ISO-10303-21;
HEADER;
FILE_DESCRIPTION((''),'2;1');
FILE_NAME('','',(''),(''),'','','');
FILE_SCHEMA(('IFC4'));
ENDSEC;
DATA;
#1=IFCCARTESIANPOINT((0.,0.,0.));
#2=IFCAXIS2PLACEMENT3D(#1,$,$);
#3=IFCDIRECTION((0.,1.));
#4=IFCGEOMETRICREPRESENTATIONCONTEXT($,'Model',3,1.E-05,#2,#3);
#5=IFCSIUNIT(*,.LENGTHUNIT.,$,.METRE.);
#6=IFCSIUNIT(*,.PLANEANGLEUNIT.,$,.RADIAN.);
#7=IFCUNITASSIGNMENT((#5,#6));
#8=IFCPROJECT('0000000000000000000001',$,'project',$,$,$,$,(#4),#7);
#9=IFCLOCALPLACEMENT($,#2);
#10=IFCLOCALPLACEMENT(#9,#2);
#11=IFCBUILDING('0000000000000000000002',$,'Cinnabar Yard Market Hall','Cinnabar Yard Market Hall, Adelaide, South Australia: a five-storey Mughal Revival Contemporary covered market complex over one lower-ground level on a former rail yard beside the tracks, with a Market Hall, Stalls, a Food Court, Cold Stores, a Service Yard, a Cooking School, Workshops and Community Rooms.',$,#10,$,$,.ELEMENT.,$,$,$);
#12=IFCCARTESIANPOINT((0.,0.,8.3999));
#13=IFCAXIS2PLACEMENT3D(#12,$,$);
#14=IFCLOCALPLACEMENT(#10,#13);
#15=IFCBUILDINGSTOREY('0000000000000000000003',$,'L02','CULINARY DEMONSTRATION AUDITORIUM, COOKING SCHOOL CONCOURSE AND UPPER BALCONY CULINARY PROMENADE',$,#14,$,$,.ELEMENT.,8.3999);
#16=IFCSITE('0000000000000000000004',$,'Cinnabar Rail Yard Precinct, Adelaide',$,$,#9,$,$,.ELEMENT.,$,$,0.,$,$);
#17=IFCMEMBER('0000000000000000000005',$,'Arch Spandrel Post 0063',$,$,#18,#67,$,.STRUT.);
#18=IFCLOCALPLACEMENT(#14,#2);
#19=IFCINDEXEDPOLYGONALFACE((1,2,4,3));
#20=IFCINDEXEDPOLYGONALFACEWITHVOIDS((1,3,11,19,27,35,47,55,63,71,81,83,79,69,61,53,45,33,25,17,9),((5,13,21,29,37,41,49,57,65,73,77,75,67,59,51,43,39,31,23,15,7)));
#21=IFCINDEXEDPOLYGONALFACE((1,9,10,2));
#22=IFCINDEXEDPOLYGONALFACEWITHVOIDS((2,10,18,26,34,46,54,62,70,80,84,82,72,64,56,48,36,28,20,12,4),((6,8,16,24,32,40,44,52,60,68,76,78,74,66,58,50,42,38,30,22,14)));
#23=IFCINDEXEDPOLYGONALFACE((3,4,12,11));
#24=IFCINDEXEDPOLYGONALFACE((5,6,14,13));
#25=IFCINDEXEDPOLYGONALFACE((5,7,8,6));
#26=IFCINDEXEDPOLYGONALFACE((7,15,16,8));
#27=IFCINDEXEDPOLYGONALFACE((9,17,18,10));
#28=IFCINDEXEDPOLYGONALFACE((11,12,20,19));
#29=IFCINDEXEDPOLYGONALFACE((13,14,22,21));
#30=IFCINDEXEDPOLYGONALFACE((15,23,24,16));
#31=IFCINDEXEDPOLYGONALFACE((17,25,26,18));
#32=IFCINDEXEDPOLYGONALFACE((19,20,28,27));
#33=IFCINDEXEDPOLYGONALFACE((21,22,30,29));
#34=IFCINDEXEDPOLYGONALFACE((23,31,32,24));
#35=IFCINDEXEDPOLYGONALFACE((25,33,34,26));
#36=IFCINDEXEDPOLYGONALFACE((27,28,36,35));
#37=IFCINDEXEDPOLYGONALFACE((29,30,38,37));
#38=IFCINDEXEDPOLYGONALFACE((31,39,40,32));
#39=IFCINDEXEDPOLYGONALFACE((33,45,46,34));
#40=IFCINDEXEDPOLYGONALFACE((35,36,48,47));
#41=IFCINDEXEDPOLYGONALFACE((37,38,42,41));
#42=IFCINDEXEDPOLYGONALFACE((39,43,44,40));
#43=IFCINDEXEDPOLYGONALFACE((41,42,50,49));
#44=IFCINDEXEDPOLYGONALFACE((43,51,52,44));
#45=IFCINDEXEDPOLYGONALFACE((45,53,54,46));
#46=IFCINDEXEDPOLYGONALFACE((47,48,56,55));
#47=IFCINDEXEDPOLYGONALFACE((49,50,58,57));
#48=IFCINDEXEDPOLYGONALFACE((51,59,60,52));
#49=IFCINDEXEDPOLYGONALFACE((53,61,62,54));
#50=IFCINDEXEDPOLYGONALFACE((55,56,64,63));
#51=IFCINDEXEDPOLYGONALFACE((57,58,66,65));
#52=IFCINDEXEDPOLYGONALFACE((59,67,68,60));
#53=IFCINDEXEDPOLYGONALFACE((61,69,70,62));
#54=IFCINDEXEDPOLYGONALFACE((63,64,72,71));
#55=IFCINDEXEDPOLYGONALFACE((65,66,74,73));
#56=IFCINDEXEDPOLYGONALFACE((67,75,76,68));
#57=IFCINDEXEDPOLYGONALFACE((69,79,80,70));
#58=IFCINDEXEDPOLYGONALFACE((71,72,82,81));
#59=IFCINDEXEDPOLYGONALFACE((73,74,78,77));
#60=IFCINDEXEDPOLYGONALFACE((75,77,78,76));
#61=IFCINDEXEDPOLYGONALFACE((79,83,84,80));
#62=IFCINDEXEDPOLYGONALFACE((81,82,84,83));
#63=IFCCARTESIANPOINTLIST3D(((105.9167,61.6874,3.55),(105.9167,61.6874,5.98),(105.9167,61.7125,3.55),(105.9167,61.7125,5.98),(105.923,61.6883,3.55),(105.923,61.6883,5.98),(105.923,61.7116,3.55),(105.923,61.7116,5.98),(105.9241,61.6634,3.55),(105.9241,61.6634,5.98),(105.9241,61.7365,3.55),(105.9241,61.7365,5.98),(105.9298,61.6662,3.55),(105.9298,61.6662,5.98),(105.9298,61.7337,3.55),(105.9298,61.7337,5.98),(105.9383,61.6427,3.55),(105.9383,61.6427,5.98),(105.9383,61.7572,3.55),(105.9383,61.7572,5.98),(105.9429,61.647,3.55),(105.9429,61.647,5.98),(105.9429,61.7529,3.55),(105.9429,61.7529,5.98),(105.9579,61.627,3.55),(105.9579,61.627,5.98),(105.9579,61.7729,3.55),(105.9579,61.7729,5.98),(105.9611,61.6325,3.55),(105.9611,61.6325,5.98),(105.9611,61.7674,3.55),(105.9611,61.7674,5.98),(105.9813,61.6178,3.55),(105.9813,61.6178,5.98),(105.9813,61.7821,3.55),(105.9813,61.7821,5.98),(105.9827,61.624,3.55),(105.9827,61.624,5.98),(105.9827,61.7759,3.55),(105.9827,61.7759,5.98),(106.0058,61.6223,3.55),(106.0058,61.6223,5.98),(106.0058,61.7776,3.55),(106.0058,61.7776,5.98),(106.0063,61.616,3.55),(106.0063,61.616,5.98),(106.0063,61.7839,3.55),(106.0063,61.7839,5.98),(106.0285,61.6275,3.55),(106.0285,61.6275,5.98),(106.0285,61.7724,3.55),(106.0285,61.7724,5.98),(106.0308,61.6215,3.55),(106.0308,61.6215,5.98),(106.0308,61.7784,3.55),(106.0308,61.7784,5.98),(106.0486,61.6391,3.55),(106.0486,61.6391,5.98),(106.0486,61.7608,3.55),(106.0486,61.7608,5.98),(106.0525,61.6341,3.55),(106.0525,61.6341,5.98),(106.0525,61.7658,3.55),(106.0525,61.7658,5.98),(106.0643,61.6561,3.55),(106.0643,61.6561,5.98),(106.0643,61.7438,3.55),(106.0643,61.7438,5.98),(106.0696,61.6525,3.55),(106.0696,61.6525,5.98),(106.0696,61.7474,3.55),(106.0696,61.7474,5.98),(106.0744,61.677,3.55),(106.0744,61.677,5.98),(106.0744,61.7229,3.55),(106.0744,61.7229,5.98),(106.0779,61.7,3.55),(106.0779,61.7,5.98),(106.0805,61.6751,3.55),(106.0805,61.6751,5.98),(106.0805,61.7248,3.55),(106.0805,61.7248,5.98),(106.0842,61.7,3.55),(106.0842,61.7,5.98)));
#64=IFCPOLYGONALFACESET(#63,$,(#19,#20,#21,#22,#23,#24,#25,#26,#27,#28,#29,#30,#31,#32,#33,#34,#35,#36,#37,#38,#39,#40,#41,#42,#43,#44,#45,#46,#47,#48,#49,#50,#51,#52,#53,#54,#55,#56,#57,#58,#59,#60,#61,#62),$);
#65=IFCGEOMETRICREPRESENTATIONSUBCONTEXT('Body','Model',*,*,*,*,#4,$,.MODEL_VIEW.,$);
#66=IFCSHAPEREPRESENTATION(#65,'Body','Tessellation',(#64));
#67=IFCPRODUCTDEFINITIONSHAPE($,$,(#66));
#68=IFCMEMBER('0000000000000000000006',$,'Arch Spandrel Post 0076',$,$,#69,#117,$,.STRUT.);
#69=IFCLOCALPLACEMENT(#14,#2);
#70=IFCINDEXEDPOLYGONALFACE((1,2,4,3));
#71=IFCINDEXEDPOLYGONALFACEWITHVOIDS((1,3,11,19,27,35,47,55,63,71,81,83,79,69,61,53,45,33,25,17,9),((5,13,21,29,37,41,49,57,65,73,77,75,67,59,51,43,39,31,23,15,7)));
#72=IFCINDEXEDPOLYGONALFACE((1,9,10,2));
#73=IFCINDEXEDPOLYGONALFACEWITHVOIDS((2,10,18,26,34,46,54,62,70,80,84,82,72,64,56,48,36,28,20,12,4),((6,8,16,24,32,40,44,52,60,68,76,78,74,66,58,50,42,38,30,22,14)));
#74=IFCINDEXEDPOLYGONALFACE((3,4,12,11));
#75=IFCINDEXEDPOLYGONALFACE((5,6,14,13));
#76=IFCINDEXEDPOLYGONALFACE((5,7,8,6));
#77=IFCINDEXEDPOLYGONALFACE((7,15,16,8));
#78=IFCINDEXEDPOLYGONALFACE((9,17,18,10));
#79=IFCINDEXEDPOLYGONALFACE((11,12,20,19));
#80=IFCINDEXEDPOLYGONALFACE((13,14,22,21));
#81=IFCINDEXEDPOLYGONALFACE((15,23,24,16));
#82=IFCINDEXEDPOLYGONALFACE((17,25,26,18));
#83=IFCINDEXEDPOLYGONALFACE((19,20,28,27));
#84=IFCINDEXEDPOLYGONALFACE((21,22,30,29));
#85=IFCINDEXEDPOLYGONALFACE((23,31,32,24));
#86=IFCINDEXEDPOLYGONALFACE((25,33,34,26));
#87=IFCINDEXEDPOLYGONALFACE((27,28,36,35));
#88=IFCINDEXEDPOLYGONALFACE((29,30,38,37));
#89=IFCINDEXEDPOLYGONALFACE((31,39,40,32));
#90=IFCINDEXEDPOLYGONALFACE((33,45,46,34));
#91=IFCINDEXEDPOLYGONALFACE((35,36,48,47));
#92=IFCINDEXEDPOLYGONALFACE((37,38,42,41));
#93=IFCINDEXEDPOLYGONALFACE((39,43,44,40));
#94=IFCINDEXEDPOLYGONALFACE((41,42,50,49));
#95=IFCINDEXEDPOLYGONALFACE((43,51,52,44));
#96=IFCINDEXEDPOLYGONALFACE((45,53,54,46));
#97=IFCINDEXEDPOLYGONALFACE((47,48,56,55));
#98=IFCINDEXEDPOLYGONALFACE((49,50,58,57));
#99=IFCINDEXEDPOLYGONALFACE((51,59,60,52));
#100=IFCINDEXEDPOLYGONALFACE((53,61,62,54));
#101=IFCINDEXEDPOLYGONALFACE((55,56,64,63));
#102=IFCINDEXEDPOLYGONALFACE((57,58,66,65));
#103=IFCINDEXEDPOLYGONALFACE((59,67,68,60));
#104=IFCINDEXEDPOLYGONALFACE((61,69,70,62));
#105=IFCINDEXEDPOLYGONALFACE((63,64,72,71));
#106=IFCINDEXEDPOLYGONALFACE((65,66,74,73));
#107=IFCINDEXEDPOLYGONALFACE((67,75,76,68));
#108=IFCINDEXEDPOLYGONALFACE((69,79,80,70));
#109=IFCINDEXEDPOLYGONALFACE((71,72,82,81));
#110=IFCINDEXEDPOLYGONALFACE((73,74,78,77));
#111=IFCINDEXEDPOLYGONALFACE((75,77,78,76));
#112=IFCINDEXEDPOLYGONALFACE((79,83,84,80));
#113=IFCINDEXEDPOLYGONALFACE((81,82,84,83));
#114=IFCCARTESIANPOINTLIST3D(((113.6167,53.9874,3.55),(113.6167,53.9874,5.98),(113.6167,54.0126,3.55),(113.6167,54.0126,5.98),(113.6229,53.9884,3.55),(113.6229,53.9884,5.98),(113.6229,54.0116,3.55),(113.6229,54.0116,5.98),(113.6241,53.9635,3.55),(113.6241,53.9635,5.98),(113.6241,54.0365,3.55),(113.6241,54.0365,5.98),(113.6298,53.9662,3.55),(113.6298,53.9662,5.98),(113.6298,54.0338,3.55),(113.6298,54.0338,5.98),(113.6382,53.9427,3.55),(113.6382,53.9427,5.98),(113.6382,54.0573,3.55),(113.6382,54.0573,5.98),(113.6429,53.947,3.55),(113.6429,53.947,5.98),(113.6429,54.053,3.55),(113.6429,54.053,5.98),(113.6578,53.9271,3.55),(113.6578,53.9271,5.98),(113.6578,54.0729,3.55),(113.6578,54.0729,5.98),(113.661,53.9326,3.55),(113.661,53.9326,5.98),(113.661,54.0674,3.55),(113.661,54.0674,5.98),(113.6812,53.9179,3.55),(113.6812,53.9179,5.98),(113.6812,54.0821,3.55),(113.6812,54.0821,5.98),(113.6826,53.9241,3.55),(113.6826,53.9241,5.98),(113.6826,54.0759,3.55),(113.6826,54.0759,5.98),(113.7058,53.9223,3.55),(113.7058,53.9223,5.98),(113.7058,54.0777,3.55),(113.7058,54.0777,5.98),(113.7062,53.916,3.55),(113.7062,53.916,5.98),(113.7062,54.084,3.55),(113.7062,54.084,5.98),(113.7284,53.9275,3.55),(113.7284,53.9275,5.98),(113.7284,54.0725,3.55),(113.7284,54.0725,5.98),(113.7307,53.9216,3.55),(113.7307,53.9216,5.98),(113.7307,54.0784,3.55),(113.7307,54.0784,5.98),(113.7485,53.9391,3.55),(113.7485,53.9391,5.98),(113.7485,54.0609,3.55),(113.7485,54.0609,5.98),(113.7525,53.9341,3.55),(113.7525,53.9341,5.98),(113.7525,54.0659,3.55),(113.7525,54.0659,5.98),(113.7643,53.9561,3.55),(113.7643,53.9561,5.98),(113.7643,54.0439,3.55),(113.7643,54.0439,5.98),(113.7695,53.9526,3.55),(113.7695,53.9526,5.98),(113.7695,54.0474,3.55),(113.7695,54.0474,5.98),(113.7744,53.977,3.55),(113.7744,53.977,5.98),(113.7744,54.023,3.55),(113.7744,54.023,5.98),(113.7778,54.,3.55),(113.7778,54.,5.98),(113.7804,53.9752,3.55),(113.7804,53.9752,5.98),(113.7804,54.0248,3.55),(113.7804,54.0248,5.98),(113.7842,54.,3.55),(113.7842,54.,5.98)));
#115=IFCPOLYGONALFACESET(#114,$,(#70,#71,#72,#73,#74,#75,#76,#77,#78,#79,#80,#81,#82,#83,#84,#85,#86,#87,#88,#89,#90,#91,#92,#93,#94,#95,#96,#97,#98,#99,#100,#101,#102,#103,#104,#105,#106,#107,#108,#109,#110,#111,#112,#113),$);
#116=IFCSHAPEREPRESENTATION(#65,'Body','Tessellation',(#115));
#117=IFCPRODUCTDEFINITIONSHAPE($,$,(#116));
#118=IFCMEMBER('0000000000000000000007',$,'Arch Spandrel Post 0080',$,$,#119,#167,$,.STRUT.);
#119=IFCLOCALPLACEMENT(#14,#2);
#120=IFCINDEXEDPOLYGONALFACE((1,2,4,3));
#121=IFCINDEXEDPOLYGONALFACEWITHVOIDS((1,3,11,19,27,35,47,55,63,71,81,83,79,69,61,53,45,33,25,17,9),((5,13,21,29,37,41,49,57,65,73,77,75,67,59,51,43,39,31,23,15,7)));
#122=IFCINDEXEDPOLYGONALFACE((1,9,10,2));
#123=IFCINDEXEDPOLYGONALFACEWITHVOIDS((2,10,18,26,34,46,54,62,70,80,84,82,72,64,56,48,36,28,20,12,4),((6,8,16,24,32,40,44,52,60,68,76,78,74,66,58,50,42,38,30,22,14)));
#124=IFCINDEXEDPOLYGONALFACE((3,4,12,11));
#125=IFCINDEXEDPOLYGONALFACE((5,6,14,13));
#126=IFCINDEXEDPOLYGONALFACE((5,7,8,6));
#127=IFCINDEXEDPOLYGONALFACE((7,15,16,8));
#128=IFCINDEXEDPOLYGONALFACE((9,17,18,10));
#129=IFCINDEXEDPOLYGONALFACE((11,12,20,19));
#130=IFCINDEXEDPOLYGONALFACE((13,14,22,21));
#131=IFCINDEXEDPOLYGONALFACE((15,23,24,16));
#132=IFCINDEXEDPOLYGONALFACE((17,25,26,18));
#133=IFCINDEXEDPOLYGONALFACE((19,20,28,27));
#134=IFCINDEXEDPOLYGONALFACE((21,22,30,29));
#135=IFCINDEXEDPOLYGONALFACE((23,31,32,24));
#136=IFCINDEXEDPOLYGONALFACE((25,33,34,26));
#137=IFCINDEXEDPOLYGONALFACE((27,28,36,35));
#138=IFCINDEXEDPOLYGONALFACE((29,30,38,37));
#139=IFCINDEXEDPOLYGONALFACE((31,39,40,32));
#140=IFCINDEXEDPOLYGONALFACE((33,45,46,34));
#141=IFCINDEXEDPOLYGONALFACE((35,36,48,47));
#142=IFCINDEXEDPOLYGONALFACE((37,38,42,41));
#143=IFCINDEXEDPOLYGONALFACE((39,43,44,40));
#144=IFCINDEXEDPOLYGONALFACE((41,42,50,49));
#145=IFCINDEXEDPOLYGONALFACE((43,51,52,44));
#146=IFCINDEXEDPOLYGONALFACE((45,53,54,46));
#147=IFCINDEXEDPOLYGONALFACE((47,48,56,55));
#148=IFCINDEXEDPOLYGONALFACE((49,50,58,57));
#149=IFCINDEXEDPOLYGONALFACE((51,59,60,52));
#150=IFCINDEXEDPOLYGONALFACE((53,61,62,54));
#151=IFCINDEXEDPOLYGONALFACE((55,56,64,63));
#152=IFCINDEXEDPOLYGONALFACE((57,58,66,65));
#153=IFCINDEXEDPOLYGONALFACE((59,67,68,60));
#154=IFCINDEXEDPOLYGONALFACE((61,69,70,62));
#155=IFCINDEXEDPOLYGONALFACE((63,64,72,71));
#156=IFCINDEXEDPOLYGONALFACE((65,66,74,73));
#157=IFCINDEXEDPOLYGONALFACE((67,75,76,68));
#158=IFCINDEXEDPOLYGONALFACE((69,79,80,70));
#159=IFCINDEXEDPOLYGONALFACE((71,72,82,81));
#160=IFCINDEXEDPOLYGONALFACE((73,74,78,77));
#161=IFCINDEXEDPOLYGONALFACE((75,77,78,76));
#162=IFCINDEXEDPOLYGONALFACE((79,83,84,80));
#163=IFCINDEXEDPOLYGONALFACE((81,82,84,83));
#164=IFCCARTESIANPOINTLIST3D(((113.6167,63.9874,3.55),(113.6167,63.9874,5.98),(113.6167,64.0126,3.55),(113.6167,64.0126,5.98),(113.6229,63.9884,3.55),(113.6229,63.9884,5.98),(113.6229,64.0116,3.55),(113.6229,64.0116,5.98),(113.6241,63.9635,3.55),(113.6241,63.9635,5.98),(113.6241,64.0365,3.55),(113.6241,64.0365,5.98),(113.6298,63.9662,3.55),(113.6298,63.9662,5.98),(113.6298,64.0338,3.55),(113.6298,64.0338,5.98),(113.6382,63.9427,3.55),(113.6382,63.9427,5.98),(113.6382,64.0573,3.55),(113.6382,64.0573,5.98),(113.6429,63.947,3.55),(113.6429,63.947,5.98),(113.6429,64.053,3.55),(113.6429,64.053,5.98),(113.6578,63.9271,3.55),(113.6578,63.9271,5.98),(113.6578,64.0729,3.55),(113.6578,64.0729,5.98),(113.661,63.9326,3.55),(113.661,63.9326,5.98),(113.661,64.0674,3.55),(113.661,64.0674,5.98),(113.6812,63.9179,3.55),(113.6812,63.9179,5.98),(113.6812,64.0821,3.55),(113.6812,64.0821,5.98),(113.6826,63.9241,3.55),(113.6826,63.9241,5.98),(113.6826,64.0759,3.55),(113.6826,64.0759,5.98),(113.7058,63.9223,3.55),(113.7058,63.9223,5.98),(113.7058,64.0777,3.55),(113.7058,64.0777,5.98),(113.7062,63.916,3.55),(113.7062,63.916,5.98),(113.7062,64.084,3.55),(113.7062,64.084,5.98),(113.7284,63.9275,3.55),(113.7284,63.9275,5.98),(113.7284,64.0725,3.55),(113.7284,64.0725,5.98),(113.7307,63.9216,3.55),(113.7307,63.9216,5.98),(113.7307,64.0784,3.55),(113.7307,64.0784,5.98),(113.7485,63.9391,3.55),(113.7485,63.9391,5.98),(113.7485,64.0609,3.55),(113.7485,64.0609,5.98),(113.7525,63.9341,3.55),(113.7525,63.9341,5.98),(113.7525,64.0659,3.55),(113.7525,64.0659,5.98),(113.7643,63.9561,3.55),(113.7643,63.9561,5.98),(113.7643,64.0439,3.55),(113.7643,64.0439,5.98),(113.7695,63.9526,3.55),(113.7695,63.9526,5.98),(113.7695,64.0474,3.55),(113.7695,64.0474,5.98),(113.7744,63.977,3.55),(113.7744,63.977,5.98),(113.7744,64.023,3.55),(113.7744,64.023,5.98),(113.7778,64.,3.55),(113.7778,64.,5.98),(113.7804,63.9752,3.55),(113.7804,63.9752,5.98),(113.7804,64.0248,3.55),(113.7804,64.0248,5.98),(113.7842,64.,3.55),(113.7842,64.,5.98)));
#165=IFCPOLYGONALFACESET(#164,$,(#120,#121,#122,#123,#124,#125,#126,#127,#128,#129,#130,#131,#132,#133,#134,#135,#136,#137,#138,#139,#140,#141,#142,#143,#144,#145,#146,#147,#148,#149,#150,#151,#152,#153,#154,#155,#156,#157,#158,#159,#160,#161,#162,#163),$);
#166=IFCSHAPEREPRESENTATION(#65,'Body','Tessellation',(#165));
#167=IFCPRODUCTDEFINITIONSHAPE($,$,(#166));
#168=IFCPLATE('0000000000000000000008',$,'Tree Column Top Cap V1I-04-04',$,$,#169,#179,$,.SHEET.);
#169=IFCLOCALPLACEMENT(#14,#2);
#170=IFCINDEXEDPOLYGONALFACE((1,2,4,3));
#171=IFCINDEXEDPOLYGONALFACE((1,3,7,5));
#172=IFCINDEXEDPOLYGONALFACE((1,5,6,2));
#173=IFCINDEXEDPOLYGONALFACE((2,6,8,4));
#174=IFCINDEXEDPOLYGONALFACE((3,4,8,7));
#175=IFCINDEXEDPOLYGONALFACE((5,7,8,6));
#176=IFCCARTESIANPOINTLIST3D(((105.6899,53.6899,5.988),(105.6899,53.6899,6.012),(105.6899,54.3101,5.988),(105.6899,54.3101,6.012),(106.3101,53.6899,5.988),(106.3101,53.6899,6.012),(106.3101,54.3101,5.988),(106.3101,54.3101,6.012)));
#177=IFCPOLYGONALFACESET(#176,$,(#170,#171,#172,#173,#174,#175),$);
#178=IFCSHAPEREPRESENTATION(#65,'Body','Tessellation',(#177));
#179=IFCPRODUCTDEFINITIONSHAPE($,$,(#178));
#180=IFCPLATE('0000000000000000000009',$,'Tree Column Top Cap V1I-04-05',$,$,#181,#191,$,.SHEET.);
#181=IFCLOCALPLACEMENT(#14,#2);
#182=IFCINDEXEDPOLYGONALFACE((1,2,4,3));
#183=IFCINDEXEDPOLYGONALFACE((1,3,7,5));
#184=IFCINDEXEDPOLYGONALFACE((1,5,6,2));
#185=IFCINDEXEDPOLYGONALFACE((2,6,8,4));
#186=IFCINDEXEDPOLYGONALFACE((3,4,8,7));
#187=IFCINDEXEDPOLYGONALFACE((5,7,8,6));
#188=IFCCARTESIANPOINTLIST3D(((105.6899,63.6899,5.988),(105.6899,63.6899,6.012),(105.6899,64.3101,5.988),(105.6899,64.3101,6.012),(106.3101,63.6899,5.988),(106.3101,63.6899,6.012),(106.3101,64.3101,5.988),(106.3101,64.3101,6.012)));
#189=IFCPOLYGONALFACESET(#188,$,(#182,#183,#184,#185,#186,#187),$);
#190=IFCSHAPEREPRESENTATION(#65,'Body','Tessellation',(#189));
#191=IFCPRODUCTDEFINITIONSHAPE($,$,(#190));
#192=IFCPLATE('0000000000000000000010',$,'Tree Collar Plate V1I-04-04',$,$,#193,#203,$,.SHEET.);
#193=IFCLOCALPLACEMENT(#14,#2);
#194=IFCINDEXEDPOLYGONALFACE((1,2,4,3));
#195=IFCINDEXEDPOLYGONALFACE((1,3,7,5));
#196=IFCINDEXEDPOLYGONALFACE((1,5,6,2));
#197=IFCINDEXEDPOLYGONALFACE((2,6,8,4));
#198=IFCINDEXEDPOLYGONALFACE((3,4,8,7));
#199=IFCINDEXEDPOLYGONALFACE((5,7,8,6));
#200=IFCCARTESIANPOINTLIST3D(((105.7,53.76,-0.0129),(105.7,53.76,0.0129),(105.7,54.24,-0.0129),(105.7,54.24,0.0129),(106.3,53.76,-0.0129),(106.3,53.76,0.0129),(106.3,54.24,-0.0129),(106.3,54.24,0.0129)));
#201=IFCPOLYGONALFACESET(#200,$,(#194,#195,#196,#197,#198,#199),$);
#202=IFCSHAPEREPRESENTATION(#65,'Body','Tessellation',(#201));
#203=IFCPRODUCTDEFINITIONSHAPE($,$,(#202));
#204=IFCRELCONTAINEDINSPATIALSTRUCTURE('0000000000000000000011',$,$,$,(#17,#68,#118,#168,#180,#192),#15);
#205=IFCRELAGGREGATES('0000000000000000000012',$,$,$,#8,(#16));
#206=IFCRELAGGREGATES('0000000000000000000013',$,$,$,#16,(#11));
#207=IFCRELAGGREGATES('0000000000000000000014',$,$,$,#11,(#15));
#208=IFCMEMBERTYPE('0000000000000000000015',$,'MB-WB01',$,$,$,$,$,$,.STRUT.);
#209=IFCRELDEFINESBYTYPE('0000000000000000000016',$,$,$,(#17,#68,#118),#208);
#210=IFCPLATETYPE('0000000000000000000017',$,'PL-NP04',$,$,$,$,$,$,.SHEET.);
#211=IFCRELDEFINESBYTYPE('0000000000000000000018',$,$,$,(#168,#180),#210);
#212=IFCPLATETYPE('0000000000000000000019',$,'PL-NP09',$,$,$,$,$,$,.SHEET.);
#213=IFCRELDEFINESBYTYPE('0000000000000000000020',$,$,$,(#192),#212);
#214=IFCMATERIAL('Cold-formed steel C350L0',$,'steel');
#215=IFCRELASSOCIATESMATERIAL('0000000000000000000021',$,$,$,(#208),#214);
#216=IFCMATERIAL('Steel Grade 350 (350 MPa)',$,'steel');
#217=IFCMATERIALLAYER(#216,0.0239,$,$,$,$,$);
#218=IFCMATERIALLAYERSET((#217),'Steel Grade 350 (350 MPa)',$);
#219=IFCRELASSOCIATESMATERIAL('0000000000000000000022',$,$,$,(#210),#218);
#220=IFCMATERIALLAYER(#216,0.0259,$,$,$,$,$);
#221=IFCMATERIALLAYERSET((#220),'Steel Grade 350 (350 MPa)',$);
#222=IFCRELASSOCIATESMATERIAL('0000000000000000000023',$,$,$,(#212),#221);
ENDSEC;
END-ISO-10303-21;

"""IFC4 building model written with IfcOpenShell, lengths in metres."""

from ifc_helpers import new_model, si_unit, direction, frame, origin, origin_2d_with_axis, place, context, subcontext, project, spatial, rectangle, hollow_circle, extrude, material, layer, layer_set, material_profile, profile_set, type_object, element, save


model = new_model("IFC4")

# Units and contexts
model_context = context("Model", 3, precision=1e-05, world=origin(), true_north=direction((0.0, 1.0)))
body_context = subcontext(model_context, "Body", "Model", "MODEL_VIEW")
ifc_project = project(units=[si_unit("LENGTHUNIT", "METRE"), si_unit("PLANEANGLEUNIT", "RADIAN")], contexts=[model_context])

# Site, building, storey
site_placement = place(None, origin())
site = spatial("IfcSite", under=ifc_project, at=site_placement, Name="Cinnabar Rail Yard Precinct, Adelaide", CompositionType="ELEMENT", RefElevation=0.0)
building_placement = place(site_placement, origin())
building = spatial("IfcBuilding", under=site, at=building_placement, Name="Cinnabar Yard Market Hall", Description="Cinnabar Yard Market Hall, Adelaide, South Australia: a five-storey Mughal Revival Contemporary covered market complex over one lower-ground level on a former rail yard beside the tracks, with a Market Hall, Stalls, a Food Court, Cold Stores, a Service Yard, a Cooking School, Workshops and Community Rooms.", CompositionType="ELEMENT")
storey_placement = place(building_placement, frame((0.0, 0.0, 8.3999)))
storey = spatial("IfcBuildingStorey", under=building, at=storey_placement, Name="L02", Description="CULINARY DEMONSTRATION AUDITORIUM, COOKING SCHOOL CONCOURSE AND UPPER BALCONY CULINARY PROMENADE", CompositionType="ELEMENT", Elevation=8.3999)

# Members
ifc_material_1 = material(Name="Cold-formed steel C350L0", Category="steel")
ifc_material_profile_1 = material_profile(ifc_material_1, hollow_circle(Radius=0.0842, WallThickness=0.0063, at=origin_2d_with_axis()), Name="168.3x6.4CHS")
ifc_profile_set_1 = profile_set([ifc_material_profile_1], Name="Cold-formed steel C350L0")
member_type_1 = type_object("IfcMemberType", Name="MB-WB01", PredefinedType="STRUT", material=ifc_profile_set_1)
for number, where, z_axis, x_axis, name in (
    (1, (106.0, 61.7, 3.55), (0.0, 0.0, 1.0), (1.0, 0.0, 0.0), "Arch Spandrel Post 0063"),
    (2, (113.7, 54.0, 3.55), (0.0, 0.0, 1.0), (1.0, 0.0, 0.0), "Arch Spandrel Post 0076"),
    (3, (113.7, 64.0, 3.55), (0.0, 0.0, 1.0), (1.0, 0.0, 0.0), "Arch Spandrel Post 0080"),
):
    element("IfcMember", number, at=place(storey_placement, frame(where, z_axis=z_axis, x_axis=x_axis)), inside=storey, type_object=member_type_1, Name=name, PredefinedType="STRUT", context=body_context, shape_type="SweptSolid", body=[
        extrude(hollow_circle(Radius=0.0842, WallThickness=0.0063, at=origin_2d_with_axis()), origin(), (0.0, 0.0, 1.0), 2.4299),
    ])

# Plates
ifc_material_2 = material(Name="Steel Grade 350 (350 MPa)", Category="steel")
ifc_layer_1 = layer(ifc_material_2, 0.0239)
ifc_layer_set_1 = layer_set([ifc_layer_1], Name="Steel Grade 350 (350 MPa)")
plate_type_1 = type_object("IfcPlateType", Name="PL-NP04", PredefinedType="SHEET", material=ifc_layer_set_1)
for number, where, z_axis, x_axis, name in (
    (4, (106.0, 54.0, 5.988), (0.0, 0.0, 1.0), (1.0, 0.0, 0.0), "Tree Column Top Cap V1I-04-04"),
    (5, (106.0, 64.0, 5.988), (0.0, 0.0, 1.0), (1.0, 0.0, 0.0), "Tree Column Top Cap V1I-04-05"),
):
    element("IfcPlate", number, at=place(storey_placement, frame(where, z_axis=z_axis, x_axis=x_axis)), inside=storey, type_object=plate_type_1, Name=name, PredefinedType="SHEET", context=body_context, shape_type="SweptSolid", body=[
        extrude(rectangle(XDim=0.6201, YDim=0.6201, at=origin_2d_with_axis()), origin(), (0.0, 0.0, 1.0), 0.0239),
    ])
ifc_layer_2 = layer(ifc_material_2, 0.0259)
ifc_layer_set_2 = layer_set([ifc_layer_2], Name="Steel Grade 350 (350 MPa)")
plate_type_2 = type_object("IfcPlateType", Name="PL-NP09", PredefinedType="SHEET", material=ifc_layer_set_2)
plate_1_placement = place(storey_placement, frame((106.0, 54.0, -0.0129), z_axis=(0.0, 0.0, 1.0), x_axis=(1.0, 0.0, 0.0)))
element("IfcPlate", 6, at=plate_1_placement, inside=storey, type_object=plate_type_2, Name="Tree Collar Plate V1I-04-04", PredefinedType="SHEET", context=body_context, shape_type="SweptSolid", body=[
    extrude(rectangle(XDim=0.6001, YDim=0.48, at=origin_2d_with_axis()), origin(), (0.0, 0.0, 1.0), 0.0259),
])

save(model, "model.ifc")
